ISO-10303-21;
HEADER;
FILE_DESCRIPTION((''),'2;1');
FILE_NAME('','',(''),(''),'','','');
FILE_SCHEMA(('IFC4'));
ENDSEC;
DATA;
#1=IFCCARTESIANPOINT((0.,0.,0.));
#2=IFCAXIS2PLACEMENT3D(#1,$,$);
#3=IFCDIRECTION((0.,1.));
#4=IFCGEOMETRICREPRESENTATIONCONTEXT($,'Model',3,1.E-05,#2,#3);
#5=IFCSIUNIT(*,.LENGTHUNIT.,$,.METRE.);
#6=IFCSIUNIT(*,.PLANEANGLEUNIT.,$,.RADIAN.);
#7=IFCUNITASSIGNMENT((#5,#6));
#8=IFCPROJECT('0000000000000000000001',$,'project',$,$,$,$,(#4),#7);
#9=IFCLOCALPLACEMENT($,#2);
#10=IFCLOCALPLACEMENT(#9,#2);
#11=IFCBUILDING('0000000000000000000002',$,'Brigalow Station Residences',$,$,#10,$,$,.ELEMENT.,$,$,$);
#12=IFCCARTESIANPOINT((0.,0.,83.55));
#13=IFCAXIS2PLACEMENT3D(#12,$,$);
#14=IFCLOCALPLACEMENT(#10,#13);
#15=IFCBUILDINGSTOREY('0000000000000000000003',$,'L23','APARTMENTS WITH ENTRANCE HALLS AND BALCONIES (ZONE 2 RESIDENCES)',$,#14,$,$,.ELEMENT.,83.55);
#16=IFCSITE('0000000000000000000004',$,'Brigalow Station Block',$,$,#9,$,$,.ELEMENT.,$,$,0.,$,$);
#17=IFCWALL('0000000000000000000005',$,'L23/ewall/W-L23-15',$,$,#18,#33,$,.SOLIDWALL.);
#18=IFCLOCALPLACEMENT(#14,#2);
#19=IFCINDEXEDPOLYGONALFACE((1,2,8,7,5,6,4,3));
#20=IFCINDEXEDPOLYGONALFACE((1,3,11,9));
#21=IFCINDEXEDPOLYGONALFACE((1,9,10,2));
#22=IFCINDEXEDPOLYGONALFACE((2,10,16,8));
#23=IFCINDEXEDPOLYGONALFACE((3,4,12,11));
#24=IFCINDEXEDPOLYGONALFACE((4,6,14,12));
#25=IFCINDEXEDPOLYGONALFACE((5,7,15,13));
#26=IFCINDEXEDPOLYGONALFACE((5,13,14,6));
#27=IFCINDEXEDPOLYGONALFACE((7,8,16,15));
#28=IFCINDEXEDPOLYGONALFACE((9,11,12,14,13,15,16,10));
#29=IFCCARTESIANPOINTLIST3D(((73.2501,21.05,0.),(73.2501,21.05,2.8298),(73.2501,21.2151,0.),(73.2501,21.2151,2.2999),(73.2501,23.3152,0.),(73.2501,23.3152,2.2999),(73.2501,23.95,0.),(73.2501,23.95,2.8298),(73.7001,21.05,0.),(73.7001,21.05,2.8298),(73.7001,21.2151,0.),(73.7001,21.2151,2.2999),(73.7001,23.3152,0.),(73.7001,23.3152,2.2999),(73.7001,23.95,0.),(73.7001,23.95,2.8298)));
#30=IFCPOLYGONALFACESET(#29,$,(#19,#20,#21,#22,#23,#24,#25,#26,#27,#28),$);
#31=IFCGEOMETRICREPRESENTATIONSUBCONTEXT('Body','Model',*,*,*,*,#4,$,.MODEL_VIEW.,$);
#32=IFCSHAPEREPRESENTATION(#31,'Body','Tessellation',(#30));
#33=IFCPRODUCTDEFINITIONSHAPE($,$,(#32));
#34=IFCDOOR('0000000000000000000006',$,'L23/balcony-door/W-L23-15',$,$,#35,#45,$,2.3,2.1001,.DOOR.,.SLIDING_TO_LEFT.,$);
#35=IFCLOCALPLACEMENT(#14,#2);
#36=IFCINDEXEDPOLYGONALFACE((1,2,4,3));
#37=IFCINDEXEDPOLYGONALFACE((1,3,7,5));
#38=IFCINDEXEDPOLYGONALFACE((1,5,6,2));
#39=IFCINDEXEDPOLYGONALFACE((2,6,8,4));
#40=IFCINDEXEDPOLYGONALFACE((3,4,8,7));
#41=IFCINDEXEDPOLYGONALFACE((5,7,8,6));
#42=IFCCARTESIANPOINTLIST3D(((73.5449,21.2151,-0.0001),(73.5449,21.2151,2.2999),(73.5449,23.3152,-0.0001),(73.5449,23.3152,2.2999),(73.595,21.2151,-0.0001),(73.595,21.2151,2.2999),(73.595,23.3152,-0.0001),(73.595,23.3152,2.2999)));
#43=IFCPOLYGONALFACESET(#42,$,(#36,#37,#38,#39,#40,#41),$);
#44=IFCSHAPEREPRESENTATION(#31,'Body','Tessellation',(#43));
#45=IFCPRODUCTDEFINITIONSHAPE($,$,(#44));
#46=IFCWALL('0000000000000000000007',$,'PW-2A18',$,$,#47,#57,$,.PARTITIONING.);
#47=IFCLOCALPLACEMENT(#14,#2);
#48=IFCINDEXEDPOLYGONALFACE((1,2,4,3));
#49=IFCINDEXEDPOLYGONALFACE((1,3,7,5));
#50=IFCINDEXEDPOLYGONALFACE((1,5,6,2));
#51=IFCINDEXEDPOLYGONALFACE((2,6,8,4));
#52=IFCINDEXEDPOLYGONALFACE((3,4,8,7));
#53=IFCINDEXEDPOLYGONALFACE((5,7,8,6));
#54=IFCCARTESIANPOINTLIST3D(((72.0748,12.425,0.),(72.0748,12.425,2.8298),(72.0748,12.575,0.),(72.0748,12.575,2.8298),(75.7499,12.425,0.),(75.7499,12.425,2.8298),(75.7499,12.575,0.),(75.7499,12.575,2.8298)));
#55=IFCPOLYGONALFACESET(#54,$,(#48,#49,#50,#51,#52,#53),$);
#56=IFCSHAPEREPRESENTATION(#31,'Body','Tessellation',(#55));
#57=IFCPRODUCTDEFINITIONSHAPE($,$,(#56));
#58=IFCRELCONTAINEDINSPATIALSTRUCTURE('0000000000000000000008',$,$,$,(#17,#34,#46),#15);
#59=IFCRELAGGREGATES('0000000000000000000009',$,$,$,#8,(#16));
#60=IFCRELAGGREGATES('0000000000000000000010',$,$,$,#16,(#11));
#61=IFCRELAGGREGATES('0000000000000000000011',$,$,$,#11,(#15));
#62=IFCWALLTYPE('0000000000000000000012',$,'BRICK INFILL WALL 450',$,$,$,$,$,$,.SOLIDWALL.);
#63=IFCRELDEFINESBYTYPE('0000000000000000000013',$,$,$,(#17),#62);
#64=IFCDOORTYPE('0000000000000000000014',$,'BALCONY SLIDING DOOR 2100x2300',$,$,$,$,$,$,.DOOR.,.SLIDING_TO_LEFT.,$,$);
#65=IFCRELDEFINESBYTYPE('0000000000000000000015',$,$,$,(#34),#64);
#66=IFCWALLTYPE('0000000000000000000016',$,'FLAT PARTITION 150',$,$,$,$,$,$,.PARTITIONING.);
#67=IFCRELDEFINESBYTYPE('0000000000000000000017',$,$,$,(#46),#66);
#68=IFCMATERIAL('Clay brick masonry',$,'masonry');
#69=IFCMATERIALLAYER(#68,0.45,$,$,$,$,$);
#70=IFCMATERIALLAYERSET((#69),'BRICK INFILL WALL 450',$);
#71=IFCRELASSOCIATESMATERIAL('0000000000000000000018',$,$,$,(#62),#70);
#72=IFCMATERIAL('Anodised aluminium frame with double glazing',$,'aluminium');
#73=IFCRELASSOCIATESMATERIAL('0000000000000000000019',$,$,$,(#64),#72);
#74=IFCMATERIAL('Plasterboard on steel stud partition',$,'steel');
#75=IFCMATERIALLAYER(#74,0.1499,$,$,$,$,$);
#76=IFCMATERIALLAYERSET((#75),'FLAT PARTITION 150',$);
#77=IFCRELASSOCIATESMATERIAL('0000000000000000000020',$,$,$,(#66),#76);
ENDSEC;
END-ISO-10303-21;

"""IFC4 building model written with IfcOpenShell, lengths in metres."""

from ifc_helpers import new_model, si_unit, direction, frame, frame_2d, origin, place, context, subcontext, project, spatial, rectangle, extrude, material, layer, layer_set, type_object, element, fill, save


model = new_model("IFC4")

# Units and contexts
model_context = context("Model", 3, precision=1e-05, world=origin(), true_north=direction((0.0, 1.0)))
body_context = subcontext(model_context, "Body", "Model", "MODEL_VIEW")
ifc_project = project(units=[si_unit("LENGTHUNIT", "METRE"), si_unit("PLANEANGLEUNIT", "RADIAN")], contexts=[model_context])

# Site, building, storey
site_placement = place(None, origin())
site = spatial("IfcSite", under=ifc_project, at=site_placement, Name="Brigalow Station Block", CompositionType="ELEMENT", RefElevation=0.0)
building_placement = place(site_placement, origin())
building = spatial("IfcBuilding", under=site, at=building_placement, Name="Brigalow Station Residences", CompositionType="ELEMENT")
storey_placement = place(building_placement, frame((0.0, 0.0, 83.55)))
storey = spatial("IfcBuildingStorey", under=building, at=storey_placement, Name="L23", Description="APARTMENTS WITH ENTRANCE HALLS AND BALCONIES (ZONE 2 RESIDENCES)", CompositionType="ELEMENT", Elevation=83.55)

# Shared definitions
ifc_material_1 = material(Name="Clay brick masonry", Category="masonry")
ifc_layer_1 = layer(ifc_material_1, 0.45)
ifc_layer_set_1 = layer_set([ifc_layer_1], Name="BRICK INFILL WALL 450")
wall_type_1 = type_object("IfcWallType", Name="BRICK INFILL WALL 450", PredefinedType="SOLIDWALL", material=ifc_layer_set_1)

# Wall, opening, door
wall_1_placement = place(storey_placement, frame((73.4751, 21.05, 0.0), z_axis=(0.0, 0.0, 1.0), x_axis=(0.0, 1.0, 0.0)))
wall_1 = element("IfcWall", 1, at=wall_1_placement, inside=storey, type_object=wall_type_1, Name="L23/ewall/W-L23-15", PredefinedType="SOLIDWALL", context=body_context, shape_type="SweptSolid", body=[
    extrude(rectangle(XDim=2.8999, YDim=0.45, at=frame_2d((1.45, 0.0))), origin(), (0.0, 0.0, 1.0), 2.8298),
])
opening_1_placement = place(wall_1_placement, frame((0.165, 0.0, 0.0)))
opening_1 = element("IfcOpeningElement", 2, at=opening_1_placement, cuts=wall_1, PredefinedType="OPENING", context=body_context, shape_type="SweptSolid", body=[
    extrude(rectangle(XDim=2.1001, YDim=2.3, at=frame_2d((1.05, 1.1499))), frame((0.0, 0.2349, 0.0), z_axis=(0.0, -1.0, 0.0), x_axis=(1.0, 0.0, 0.0)), (0.0, 0.0, 1.0), 0.47),
])
ifc_material_2 = material(Name="Anodised aluminium frame with double glazing", Category="aluminium")
door_type_1 = type_object("IfcDoorType", Name="BALCONY SLIDING DOOR 2100x2300", OperationType="SLIDING_TO_LEFT", PredefinedType="DOOR", material=ifc_material_2)
door_1_placement = place(opening_1_placement, origin())
door_1 = element("IfcDoor", 3, at=door_1_placement, inside=storey, type_object=door_type_1, Name="L23/balcony-door/W-L23-15", OperationType="SLIDING_TO_LEFT", OverallHeight=2.3, OverallWidth=2.1001, PredefinedType="DOOR", context=body_context, shape_type="SweptSolid", body=[
    extrude(rectangle(XDim=2.1001, YDim=2.3, at=frame_2d((1.05, 1.1499))), frame((0.0, -0.0698, 0.0), z_axis=(0.0, -1.0, 0.0), x_axis=(1.0, 0.0, 0.0)), (0.0, 0.0, 1.0), 0.05),
])
fill(opening_1, door_1)

# Wall
ifc_material_3 = material(Name="Plasterboard on steel stud partition", Category="steel")
ifc_layer_2 = layer(ifc_material_3, 0.1499)
ifc_layer_set_2 = layer_set([ifc_layer_2], Name="FLAT PARTITION 150")
wall_type_2 = type_object("IfcWallType", Name="FLAT PARTITION 150", PredefinedType="PARTITIONING", material=ifc_layer_set_2)
wall_2_placement = place(storey_placement, frame((72.075, 12.5, 0.0), z_axis=(0.0, 0.0, 1.0), x_axis=(1.0, 0.0, 0.0)))
element("IfcWall", 4, at=wall_2_placement, inside=storey, type_object=wall_type_2, Name="PW-2A18", PredefinedType="PARTITIONING", context=body_context, shape_type="SweptSolid", body=[
    extrude(rectangle(XDim=3.675, YDim=0.1499, at=frame_2d((1.8374, 0.0))), origin(), (0.0, 0.0, 1.0), 2.8298),
])

save(model, "model.ifc")
